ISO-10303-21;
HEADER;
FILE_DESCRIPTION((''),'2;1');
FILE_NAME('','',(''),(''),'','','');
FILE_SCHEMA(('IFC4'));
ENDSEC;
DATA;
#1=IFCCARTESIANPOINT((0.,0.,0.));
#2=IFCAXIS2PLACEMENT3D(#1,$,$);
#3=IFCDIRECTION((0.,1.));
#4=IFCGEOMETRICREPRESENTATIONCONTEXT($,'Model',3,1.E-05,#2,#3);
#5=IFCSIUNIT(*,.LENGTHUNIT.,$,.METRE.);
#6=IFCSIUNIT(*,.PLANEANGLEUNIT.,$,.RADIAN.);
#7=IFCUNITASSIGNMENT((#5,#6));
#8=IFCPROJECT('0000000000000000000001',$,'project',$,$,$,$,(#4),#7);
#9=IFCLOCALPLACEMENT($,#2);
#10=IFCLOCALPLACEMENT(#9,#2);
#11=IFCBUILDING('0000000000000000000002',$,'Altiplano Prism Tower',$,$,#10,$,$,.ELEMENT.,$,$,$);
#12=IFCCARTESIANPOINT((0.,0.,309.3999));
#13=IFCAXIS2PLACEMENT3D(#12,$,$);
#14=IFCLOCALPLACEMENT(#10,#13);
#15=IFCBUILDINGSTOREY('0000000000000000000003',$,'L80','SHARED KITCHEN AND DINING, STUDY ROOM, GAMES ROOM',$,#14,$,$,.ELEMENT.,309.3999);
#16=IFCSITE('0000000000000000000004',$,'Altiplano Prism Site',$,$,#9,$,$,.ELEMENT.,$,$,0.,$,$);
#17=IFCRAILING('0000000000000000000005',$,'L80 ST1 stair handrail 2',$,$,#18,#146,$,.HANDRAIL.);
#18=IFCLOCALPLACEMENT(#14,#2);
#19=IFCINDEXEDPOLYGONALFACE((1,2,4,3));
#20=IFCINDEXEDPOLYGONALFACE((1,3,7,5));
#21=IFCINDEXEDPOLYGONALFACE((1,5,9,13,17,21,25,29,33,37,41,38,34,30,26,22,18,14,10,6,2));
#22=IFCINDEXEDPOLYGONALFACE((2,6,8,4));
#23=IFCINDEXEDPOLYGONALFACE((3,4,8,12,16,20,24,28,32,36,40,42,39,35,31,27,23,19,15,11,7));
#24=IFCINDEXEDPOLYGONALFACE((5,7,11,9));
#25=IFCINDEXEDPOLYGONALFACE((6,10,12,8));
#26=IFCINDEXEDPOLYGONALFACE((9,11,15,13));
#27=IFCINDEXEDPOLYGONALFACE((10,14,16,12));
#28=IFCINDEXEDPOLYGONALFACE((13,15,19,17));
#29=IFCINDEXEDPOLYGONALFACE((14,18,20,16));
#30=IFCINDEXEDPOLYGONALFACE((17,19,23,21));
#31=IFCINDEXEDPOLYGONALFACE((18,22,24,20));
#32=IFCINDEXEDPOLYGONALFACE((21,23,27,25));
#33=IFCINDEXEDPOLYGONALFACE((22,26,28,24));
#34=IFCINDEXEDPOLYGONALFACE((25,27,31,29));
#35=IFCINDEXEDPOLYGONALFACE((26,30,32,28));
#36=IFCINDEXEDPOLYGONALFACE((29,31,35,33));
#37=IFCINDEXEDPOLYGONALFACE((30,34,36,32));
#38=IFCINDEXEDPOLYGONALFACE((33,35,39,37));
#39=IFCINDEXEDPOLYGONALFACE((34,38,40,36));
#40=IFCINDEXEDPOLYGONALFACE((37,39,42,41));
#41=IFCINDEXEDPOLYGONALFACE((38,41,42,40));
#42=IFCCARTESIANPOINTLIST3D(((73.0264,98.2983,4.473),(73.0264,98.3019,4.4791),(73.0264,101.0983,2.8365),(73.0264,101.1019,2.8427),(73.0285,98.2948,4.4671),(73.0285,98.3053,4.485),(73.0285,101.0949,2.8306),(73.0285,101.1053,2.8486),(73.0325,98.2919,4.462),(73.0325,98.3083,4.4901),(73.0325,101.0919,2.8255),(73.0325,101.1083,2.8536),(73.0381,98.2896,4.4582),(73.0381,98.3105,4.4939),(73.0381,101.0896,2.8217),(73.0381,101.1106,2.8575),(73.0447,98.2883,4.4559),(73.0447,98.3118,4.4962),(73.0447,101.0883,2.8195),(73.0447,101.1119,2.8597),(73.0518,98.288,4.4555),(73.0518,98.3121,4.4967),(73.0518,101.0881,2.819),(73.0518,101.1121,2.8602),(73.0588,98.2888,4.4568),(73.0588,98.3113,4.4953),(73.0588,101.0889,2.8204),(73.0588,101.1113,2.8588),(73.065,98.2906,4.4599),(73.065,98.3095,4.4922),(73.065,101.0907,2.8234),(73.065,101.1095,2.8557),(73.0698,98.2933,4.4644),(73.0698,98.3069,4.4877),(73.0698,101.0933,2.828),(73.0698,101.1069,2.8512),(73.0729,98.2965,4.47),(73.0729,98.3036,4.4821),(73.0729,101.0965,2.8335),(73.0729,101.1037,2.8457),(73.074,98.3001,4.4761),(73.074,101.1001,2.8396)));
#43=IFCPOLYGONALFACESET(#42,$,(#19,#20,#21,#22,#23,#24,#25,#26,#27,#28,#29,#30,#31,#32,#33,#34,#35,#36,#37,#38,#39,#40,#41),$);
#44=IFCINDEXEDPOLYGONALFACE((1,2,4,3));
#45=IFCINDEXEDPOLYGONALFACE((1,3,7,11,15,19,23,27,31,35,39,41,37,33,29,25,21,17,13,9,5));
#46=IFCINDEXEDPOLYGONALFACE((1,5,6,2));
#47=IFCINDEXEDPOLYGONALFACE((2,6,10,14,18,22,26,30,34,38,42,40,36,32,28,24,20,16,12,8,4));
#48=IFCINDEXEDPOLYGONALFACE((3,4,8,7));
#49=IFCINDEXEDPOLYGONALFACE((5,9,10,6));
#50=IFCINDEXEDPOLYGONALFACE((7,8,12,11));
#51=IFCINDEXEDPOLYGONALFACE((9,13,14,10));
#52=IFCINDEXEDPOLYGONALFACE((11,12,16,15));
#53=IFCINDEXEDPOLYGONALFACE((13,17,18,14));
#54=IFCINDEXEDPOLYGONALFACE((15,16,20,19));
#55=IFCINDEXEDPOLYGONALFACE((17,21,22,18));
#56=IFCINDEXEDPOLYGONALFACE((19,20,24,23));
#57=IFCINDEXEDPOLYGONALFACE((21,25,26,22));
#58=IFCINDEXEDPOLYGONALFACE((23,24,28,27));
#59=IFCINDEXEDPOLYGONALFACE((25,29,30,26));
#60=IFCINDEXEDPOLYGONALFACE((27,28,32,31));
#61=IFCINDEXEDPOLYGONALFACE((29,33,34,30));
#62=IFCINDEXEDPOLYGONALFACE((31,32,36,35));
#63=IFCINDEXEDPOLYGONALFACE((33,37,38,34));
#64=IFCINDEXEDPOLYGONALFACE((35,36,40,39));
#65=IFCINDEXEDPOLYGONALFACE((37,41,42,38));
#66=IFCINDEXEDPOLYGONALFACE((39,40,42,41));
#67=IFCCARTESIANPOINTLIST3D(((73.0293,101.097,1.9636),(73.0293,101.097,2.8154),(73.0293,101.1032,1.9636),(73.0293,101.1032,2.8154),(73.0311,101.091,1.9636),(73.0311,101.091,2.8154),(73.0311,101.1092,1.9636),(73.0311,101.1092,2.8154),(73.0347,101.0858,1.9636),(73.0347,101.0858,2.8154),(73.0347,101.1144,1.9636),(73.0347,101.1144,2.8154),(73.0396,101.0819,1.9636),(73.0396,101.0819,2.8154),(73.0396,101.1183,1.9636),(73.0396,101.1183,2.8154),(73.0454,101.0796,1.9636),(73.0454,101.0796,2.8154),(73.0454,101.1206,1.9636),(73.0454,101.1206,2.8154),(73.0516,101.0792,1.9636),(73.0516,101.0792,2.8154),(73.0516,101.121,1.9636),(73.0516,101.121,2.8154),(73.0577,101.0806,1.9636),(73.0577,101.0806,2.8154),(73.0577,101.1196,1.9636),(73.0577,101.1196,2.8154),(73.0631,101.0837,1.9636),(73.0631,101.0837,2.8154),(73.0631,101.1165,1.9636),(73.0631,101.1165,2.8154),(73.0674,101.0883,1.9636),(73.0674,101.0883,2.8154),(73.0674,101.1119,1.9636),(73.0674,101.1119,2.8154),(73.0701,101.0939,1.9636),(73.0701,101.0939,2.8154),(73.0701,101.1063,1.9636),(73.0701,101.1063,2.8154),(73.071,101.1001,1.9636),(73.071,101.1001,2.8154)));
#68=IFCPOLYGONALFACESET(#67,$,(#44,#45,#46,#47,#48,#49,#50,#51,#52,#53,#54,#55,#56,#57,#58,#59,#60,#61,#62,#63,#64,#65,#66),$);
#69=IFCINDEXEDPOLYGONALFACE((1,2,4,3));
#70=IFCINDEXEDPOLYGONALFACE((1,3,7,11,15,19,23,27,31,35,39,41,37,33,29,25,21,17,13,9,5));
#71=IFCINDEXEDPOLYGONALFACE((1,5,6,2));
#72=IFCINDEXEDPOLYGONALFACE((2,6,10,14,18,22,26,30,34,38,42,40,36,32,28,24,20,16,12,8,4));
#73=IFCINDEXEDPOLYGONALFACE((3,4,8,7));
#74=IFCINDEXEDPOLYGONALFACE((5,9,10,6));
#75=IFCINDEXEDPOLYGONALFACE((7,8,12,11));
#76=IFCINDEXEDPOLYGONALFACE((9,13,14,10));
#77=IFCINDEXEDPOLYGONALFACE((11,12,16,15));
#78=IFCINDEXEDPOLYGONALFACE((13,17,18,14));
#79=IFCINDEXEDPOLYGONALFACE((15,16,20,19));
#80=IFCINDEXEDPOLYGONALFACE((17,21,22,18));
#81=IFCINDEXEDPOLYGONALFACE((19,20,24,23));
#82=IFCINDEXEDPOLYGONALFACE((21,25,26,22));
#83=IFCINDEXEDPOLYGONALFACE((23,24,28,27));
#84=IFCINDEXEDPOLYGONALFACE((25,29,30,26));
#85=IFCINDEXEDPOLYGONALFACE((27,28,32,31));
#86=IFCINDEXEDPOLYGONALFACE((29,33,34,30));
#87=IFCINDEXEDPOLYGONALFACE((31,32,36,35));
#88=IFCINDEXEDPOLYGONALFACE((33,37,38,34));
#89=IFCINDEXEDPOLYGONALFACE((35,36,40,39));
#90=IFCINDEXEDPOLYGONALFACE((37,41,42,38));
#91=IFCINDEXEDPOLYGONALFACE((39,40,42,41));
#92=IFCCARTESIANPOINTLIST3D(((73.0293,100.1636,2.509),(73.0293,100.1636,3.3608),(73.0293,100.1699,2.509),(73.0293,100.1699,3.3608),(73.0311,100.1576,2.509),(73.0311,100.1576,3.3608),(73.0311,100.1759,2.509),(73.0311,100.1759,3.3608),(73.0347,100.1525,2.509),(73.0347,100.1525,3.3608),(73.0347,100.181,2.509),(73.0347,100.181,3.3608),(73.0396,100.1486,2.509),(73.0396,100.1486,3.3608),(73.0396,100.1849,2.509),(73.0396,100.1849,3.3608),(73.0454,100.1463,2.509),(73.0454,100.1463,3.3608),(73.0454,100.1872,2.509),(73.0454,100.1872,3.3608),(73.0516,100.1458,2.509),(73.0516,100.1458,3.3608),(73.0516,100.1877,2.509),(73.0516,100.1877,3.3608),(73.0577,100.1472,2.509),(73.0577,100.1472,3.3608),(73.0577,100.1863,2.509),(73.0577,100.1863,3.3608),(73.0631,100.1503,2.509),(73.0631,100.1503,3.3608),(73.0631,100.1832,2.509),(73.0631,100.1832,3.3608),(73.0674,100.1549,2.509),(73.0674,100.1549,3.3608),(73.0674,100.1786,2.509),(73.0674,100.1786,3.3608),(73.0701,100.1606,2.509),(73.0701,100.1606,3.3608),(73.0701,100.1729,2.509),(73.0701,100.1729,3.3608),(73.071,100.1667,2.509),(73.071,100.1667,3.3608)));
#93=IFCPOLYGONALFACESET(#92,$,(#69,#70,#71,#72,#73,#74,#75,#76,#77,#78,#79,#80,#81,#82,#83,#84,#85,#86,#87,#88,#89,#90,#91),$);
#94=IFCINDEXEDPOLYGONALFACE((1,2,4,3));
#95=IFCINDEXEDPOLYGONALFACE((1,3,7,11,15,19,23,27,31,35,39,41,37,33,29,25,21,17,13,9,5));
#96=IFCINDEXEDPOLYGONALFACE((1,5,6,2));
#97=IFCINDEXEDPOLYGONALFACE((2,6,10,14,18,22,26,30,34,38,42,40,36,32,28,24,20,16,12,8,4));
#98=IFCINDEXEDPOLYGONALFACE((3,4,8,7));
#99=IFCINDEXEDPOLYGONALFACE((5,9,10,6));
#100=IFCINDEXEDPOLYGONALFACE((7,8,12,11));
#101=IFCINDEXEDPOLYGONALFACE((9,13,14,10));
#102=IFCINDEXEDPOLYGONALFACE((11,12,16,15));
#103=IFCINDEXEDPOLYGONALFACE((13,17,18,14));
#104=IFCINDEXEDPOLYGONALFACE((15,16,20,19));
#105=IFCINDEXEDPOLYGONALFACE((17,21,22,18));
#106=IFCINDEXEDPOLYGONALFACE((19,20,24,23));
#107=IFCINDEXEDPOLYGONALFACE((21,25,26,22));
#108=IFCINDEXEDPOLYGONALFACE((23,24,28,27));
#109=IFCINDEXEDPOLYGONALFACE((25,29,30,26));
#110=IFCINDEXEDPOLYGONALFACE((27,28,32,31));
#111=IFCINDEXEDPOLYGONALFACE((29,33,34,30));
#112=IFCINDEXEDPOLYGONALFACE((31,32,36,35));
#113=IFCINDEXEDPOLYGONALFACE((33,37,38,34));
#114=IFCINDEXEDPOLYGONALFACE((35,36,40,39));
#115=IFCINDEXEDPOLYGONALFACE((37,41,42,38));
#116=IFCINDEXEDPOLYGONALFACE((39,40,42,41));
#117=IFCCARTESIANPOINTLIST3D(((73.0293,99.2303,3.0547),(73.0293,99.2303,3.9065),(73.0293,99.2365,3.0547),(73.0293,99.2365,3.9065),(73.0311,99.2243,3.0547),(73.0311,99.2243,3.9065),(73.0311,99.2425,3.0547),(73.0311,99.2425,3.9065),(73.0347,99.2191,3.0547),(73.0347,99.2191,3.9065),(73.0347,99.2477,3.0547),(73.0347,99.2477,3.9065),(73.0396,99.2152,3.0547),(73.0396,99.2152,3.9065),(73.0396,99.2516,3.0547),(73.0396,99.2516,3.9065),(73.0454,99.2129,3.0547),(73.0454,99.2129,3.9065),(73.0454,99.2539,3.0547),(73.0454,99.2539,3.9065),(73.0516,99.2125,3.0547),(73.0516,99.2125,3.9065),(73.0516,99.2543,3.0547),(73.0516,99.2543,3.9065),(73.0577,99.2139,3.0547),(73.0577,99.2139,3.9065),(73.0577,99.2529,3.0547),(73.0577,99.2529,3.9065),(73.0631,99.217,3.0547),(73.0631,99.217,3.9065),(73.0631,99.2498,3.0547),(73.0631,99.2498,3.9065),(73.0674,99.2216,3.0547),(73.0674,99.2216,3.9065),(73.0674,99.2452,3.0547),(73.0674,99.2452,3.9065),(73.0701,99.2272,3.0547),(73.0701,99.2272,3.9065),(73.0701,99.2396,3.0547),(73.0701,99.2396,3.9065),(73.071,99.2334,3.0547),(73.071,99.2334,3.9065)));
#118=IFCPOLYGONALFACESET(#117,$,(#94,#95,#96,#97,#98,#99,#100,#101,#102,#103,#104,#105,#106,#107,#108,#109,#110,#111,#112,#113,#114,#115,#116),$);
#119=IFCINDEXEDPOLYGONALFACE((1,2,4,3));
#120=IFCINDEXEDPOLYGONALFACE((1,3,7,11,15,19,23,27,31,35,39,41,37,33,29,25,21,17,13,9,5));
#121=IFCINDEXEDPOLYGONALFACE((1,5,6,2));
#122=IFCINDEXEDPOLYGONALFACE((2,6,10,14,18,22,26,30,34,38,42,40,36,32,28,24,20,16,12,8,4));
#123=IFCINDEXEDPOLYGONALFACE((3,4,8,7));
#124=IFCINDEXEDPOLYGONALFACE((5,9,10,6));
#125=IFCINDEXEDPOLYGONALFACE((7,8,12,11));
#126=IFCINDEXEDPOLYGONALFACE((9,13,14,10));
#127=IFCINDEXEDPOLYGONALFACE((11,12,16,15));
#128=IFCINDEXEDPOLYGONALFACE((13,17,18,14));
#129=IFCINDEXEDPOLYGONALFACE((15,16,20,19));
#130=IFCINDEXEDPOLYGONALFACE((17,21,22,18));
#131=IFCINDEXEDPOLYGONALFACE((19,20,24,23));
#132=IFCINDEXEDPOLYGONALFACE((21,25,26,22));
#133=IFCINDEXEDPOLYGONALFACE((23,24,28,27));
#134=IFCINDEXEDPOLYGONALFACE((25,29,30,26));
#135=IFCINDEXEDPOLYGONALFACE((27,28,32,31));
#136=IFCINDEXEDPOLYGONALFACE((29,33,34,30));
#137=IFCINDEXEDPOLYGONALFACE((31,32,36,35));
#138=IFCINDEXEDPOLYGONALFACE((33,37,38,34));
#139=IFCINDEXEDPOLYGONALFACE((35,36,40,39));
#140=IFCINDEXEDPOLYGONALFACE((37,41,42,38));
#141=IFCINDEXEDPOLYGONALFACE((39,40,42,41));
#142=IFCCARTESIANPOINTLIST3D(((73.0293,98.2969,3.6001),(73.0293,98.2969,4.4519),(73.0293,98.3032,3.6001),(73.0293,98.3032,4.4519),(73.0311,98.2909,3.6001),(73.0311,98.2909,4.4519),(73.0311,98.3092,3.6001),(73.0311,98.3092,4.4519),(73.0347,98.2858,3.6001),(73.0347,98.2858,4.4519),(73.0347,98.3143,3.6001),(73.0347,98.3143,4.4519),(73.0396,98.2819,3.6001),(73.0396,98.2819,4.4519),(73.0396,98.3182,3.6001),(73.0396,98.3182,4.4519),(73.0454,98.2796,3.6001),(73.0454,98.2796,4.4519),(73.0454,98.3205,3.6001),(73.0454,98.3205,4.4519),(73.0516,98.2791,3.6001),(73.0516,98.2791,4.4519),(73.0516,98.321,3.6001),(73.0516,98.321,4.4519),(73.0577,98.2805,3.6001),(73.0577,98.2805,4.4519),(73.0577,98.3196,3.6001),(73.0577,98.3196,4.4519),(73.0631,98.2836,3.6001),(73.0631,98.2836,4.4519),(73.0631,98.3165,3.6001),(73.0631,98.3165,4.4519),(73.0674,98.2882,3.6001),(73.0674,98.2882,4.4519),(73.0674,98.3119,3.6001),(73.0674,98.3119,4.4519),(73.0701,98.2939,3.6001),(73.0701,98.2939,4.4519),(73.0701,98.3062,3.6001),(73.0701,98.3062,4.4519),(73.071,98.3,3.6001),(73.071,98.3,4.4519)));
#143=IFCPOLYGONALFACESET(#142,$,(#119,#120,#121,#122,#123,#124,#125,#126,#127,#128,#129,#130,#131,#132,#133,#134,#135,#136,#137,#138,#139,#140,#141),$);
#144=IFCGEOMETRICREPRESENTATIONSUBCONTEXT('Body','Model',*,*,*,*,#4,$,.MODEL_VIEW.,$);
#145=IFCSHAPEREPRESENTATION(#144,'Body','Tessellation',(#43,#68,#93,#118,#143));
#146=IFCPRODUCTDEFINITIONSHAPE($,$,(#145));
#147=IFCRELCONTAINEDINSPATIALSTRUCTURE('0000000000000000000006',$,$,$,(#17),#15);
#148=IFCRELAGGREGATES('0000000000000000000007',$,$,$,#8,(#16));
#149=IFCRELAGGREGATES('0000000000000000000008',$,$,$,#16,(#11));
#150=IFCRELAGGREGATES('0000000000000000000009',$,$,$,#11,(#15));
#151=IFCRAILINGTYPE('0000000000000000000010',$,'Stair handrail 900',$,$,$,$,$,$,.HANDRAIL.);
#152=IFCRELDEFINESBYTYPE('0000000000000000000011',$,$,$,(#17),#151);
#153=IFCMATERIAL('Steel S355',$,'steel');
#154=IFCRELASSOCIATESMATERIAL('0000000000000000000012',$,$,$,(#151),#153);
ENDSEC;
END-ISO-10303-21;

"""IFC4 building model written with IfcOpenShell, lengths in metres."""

from ifc_helpers import new_model, si_unit, direction, frame, origin, origin_2d, place, context, subcontext, project, spatial, circle, extrude, material, type_object, element, save


model = new_model("IFC4")

# Units and contexts
model_context = context("Model", 3, precision=1e-05, world=origin(), true_north=direction((0.0, 1.0)))
body_context = subcontext(model_context, "Body", "Model", "MODEL_VIEW")
ifc_project = project(units=[si_unit("LENGTHUNIT", "METRE"), si_unit("PLANEANGLEUNIT", "RADIAN")], contexts=[model_context])

# Site, building, storey
site_placement = place(None, origin())
site = spatial("IfcSite", under=ifc_project, at=site_placement, Name="Altiplano Prism Site", CompositionType="ELEMENT", RefElevation=0.0)
building_placement = place(site_placement, origin())
building = spatial("IfcBuilding", under=site, at=building_placement, Name="Altiplano Prism Tower", CompositionType="ELEMENT")
storey_placement = place(building_placement, frame((0.0, 0.0, 309.3999)))
storey = spatial("IfcBuildingStorey", under=building, at=storey_placement, Name="L80", Description="SHARED KITCHEN AND DINING, STUDY ROOM, GAMES ROOM", CompositionType="ELEMENT", Elevation=309.3999)

# Railing
ifc_material_1 = material(Name="Steel S355", Category="steel")
railing_type_1 = type_object("IfcRailingType", Name="Stair handrail 900", PredefinedType="HANDRAIL", material=ifc_material_1)
railing_1_placement = place(storey_placement, frame((73.05, 101.1001, 1.9636)))
element("IfcRailing", 1, at=railing_1_placement, inside=storey, type_object=railing_type_1, Name="L80 ST1 stair handrail 2", PredefinedType="HANDRAIL", context=body_context, shape_type="SweptSolid", body=[
    extrude(circle(Radius=0.0239, at=origin_2d()), frame((0.0, 0.0, 0.876), z_axis=(0.0, -0.863361, 0.504587), x_axis=(1.0, 0.0, 0.0)), (0.0, 0.0, 1.0), 3.2432),
    extrude(circle(Radius=0.021, at=origin_2d()), origin(), (0.0, 0.0, 1.0), 0.8518),
    extrude(circle(Radius=0.021, at=origin_2d()), frame((0.0, -0.9333, 0.5454)), (0.0, 0.0, 1.0), 0.8518),
    extrude(circle(Radius=0.021, at=origin_2d()), frame((0.0, -1.8667, 1.0911)), (0.0, 0.0, 1.0), 0.8518),
    extrude(circle(Radius=0.021, at=origin_2d()), frame((0.0, -2.8, 1.6365)), (0.0, 0.0, 1.0), 0.8518),
])

save(model, "model.ifc")
